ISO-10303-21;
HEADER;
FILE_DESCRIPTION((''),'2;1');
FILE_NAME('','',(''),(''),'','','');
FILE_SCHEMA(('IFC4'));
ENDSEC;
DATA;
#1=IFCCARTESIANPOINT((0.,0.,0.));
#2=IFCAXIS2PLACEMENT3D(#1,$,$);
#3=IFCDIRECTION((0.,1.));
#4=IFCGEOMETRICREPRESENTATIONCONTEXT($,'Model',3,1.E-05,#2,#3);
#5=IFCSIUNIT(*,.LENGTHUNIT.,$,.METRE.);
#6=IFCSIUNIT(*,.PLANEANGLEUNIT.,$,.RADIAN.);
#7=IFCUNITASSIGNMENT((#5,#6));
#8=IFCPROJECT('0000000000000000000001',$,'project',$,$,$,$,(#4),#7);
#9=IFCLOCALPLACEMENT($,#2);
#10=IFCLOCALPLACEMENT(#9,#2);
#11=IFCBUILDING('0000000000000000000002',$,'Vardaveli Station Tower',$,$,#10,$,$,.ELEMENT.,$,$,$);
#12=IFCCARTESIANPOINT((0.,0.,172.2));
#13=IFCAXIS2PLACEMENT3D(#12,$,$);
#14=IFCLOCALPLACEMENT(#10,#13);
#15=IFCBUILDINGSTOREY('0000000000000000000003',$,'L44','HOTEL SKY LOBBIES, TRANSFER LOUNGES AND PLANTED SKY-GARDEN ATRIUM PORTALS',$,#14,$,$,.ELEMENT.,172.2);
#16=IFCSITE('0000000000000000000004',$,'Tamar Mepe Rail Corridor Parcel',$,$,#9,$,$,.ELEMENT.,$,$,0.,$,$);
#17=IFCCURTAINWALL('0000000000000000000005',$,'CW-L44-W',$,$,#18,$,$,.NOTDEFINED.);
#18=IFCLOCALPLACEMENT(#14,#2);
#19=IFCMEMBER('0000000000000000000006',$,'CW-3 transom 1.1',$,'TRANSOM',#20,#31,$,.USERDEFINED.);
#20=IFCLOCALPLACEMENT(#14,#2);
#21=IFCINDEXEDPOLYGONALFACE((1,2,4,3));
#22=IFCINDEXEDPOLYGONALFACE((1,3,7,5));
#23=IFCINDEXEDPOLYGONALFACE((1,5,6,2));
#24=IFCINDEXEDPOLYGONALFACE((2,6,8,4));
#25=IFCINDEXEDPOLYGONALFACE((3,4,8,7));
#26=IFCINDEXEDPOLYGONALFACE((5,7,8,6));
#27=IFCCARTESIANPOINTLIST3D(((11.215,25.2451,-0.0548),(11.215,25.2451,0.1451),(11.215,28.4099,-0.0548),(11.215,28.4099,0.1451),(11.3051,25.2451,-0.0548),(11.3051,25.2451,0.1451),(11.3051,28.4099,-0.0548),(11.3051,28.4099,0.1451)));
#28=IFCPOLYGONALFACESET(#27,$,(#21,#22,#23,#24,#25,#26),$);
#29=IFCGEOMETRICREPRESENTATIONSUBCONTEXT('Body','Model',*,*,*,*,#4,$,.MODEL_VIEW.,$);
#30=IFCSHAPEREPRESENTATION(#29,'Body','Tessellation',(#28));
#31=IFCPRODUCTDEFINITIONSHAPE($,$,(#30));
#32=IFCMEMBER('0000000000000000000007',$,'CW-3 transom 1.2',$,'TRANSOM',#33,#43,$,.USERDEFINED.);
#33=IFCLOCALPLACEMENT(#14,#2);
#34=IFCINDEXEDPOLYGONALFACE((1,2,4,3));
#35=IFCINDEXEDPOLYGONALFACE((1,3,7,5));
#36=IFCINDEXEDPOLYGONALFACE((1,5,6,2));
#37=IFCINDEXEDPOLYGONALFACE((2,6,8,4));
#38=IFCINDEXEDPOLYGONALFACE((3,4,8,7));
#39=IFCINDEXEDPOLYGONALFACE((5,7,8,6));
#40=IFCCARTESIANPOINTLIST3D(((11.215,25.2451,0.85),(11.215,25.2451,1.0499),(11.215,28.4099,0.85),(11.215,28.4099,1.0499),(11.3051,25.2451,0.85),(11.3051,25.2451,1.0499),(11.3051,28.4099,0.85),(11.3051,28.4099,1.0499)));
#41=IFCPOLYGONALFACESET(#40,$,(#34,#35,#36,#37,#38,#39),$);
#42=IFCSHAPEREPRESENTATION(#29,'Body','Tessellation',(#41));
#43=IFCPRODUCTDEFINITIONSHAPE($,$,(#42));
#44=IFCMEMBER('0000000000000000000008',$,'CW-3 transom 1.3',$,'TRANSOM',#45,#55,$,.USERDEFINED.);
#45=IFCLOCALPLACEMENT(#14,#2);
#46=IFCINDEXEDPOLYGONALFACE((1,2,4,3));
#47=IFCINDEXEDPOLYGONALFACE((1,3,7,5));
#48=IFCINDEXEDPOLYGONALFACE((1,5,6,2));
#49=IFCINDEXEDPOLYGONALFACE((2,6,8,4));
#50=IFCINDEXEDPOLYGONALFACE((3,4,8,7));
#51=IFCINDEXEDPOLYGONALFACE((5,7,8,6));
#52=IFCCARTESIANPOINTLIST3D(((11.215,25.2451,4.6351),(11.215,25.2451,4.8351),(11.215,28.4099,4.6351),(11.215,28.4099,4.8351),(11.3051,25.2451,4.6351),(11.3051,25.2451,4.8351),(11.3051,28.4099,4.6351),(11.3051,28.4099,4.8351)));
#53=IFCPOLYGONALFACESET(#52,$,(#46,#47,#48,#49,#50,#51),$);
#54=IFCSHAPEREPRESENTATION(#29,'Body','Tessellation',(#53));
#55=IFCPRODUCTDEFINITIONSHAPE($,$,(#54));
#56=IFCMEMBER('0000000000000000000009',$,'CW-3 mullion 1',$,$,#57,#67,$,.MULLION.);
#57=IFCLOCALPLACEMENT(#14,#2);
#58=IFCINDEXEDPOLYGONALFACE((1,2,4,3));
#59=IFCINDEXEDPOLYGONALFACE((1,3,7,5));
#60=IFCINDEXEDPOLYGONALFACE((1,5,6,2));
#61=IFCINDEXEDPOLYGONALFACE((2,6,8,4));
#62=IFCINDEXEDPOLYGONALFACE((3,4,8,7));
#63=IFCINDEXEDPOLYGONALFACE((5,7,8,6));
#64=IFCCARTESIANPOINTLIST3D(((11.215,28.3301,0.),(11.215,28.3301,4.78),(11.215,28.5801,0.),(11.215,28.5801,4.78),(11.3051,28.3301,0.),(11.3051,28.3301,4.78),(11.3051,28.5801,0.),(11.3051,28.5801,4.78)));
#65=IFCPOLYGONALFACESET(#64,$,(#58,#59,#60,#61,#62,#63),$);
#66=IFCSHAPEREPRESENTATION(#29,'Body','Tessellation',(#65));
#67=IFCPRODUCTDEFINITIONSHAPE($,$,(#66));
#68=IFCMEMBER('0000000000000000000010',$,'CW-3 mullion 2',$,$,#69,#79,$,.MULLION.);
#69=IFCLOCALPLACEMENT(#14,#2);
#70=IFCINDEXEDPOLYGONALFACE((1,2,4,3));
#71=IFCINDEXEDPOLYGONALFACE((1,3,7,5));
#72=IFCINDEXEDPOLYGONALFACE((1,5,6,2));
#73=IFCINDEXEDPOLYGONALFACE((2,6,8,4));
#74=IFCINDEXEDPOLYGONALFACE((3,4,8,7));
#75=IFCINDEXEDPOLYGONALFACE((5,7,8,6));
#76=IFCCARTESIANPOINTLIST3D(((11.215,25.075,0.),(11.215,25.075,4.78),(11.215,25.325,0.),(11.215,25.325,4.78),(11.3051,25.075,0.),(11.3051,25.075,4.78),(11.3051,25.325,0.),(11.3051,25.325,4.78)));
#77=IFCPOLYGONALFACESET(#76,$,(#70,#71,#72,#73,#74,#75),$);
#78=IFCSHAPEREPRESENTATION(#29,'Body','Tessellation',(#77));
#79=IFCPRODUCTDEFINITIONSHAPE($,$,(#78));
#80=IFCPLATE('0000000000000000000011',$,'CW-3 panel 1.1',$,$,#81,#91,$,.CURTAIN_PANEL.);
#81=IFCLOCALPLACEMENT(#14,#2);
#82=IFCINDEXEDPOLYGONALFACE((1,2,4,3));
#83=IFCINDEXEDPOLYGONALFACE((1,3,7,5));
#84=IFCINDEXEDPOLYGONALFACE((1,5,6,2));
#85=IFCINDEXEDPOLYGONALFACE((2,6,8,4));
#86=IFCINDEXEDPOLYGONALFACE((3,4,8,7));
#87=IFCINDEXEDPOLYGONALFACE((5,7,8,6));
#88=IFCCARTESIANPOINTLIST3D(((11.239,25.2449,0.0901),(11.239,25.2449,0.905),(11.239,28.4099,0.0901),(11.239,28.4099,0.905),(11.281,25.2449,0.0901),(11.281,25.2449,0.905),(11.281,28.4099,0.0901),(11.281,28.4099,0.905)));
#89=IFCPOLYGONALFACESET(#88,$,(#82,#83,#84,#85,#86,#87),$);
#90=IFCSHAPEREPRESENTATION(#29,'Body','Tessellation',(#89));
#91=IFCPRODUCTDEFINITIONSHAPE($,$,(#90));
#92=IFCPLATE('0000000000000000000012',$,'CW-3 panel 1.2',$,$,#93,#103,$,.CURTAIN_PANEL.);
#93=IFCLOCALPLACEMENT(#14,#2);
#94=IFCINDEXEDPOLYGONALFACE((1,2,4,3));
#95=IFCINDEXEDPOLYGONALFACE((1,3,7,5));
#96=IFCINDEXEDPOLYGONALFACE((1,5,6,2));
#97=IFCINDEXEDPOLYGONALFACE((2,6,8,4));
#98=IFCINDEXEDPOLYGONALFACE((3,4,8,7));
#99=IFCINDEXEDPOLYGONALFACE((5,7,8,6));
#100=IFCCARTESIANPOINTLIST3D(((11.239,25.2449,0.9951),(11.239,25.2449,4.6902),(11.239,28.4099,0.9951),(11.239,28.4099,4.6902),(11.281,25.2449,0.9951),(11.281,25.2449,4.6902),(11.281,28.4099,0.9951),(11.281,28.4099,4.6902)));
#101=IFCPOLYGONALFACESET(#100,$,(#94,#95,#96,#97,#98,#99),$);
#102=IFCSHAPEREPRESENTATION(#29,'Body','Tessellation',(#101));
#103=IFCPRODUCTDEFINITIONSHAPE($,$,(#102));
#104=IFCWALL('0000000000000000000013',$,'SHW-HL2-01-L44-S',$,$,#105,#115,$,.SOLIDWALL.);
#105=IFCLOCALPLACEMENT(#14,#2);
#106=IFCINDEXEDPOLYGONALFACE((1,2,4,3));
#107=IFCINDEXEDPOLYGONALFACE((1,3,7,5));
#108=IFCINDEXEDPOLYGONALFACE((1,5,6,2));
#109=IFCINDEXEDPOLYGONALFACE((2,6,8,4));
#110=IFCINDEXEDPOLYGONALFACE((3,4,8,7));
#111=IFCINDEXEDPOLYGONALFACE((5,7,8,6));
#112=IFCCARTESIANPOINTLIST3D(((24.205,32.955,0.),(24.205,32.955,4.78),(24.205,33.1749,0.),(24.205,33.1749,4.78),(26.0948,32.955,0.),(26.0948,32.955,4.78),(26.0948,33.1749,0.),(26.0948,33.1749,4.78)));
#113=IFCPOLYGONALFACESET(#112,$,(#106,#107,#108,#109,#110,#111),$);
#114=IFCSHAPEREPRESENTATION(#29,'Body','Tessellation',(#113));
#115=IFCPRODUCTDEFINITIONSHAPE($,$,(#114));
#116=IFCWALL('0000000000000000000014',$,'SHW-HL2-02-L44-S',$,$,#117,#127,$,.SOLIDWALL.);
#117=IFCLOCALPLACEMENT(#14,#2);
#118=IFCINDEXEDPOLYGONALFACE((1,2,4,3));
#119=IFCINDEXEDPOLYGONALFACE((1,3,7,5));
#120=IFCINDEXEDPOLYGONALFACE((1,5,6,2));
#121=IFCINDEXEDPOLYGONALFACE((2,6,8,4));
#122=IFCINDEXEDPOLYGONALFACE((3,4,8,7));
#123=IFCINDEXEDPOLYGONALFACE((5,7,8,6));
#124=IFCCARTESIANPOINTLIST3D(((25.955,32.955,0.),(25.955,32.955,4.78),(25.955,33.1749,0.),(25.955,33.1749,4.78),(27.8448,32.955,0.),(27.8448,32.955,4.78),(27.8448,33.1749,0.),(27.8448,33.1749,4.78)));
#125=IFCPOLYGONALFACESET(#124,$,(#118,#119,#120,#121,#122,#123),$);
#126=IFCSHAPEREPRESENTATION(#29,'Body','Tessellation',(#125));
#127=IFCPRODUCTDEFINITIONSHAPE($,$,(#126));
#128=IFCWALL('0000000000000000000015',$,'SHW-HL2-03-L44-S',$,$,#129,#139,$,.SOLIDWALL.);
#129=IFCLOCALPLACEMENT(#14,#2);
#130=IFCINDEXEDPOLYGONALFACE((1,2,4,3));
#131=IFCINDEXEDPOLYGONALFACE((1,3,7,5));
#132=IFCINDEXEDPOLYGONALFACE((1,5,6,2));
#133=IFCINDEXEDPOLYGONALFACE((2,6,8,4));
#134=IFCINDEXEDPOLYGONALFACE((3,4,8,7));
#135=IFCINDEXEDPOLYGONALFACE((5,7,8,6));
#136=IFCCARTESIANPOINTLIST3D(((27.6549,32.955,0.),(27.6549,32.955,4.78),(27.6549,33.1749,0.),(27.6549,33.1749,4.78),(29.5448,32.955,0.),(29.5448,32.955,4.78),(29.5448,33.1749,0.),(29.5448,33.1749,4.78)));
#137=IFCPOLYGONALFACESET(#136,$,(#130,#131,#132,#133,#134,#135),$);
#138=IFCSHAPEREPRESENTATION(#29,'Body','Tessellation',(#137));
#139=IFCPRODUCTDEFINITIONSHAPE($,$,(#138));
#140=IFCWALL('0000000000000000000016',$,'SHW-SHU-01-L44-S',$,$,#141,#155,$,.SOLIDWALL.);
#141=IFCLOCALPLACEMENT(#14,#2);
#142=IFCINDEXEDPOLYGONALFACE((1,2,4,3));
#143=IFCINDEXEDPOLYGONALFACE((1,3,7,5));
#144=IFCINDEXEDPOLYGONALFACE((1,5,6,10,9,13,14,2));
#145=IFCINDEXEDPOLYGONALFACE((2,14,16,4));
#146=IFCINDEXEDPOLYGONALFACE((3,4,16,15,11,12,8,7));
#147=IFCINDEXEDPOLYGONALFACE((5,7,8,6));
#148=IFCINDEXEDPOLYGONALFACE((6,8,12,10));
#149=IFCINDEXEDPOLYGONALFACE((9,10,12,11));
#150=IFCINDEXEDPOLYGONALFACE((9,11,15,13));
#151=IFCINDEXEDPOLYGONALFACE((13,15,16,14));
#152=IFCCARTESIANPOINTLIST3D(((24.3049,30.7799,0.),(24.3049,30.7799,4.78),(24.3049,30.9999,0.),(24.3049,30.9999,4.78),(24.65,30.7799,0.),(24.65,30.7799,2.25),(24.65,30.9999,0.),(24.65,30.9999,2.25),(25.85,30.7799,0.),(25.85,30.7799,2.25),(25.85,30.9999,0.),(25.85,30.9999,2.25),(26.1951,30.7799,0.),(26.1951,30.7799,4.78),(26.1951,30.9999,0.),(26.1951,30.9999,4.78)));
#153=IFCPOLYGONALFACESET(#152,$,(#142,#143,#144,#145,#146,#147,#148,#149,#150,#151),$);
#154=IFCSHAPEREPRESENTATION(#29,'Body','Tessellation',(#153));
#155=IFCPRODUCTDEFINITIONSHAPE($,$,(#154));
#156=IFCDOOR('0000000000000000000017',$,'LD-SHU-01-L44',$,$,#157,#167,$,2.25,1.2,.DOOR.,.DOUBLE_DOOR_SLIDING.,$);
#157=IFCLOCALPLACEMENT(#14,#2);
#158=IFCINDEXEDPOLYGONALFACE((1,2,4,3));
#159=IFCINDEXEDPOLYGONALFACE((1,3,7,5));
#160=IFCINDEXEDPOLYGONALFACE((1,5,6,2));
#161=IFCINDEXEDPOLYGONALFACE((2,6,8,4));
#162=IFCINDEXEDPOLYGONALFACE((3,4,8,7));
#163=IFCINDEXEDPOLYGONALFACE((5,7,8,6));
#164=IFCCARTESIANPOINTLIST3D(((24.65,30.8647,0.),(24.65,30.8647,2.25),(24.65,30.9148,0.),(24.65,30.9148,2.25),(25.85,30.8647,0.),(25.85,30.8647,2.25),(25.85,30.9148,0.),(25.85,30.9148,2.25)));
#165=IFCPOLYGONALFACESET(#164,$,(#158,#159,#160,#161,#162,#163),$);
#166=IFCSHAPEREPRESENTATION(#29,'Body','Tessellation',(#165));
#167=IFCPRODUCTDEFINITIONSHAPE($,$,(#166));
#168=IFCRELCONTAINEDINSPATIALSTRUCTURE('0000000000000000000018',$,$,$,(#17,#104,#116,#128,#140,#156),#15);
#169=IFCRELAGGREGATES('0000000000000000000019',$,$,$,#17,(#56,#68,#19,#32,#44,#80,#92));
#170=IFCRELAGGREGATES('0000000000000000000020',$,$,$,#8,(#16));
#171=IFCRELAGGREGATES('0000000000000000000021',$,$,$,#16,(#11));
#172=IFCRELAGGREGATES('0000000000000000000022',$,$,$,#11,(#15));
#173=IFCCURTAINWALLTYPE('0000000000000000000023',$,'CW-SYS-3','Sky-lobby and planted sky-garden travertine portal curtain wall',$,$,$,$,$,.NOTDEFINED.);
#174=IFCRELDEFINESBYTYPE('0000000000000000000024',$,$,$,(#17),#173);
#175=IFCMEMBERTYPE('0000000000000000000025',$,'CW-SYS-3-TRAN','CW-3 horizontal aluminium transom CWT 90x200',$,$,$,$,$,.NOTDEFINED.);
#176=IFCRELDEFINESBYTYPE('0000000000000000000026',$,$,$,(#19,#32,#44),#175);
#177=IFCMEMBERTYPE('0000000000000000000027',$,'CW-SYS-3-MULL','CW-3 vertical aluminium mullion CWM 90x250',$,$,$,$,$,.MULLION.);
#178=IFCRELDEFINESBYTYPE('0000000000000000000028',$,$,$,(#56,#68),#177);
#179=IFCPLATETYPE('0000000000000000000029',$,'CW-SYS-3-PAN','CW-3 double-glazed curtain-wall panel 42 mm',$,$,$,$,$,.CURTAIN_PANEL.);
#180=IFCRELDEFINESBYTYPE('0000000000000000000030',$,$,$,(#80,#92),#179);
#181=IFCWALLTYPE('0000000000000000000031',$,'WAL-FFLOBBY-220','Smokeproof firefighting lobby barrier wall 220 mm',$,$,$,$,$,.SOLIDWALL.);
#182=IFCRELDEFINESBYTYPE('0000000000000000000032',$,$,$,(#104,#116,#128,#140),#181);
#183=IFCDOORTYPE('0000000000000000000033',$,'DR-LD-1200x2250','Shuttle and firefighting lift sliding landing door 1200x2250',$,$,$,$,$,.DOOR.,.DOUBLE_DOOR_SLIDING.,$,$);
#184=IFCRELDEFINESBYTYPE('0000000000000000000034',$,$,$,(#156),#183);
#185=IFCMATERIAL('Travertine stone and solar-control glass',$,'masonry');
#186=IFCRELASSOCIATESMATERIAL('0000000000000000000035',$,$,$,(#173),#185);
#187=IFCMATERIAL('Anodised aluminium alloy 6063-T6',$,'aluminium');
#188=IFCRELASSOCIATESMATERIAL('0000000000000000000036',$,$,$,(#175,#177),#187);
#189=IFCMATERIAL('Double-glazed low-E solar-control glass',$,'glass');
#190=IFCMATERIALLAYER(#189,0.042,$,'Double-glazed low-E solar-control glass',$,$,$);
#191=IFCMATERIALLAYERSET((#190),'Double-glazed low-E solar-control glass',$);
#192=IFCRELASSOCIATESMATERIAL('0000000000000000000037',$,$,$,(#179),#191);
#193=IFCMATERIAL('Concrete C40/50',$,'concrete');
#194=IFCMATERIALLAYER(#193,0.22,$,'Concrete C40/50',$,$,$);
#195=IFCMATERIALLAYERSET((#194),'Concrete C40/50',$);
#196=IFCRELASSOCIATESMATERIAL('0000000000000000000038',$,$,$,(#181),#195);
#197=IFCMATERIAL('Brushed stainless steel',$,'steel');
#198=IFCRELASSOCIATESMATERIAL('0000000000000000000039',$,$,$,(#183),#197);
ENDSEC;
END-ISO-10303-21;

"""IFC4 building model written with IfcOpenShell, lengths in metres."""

from ifc_helpers import new_model, si_unit, direction, frame, frame_2d, origin, origin_2d, place, context, subcontext, project, spatial, rectangle, extrude, source, transform, mapped, material, layer, layer_set, material_profile, profile_set, type_object, element, fill, aggregate, save


model = new_model("IFC4")

# Units and contexts
model_context = context("Model", 3, precision=1e-05, world=origin(), true_north=direction((0.0, 1.0)))
body_context = subcontext(model_context, "Body", "Model", "MODEL_VIEW")
ifc_project = project(units=[si_unit("LENGTHUNIT", "METRE"), si_unit("PLANEANGLEUNIT", "RADIAN")], contexts=[model_context])

# Site, building, storey
site_placement = place(None, origin())
site = spatial("IfcSite", under=ifc_project, at=site_placement, Name="Tamar Mepe Rail Corridor Parcel", CompositionType="ELEMENT", RefElevation=0.0)
building_placement = place(site_placement, origin())
building = spatial("IfcBuilding", under=site, at=building_placement, Name="Vardaveli Station Tower", CompositionType="ELEMENT")
storey_placement = place(building_placement, frame((0.0, 0.0, 172.2)))
storey = spatial("IfcBuildingStorey", under=building, at=storey_placement, Name="L44", Description="HOTEL SKY LOBBIES, TRANSFER LOUNGES AND PLANTED SKY-GARDEN ATRIUM PORTALS", CompositionType="ELEMENT", Elevation=172.2)

# Curtain wall, members, plates
ifc_material_1 = material(Name="Travertine stone and solar-control glass", Category="masonry")
curtain_wall_type = type_object("IfcCurtainWallType", Name="CW-SYS-3", Description="Sky-lobby and planted sky-garden travertine portal curtain wall", PredefinedType="NOTDEFINED", material=ifc_material_1)
curtain_wall_placement = place(storey_placement, origin())
curtain_wall = element("IfcCurtainWall", 1, at=curtain_wall_placement, inside=storey, type_object=curtain_wall_type, Name="CW-L44-W", PredefinedType="NOTDEFINED")
ifc_material_2 = material(Name="Anodised aluminium alloy 6063-T6", Category="aluminium")
ifc_material_profile_1 = material_profile(ifc_material_2, rectangle(XDim=0.0901, YDim=0.2, at=origin_2d()), Name="CWT 90x200")
ifc_profile_set_1 = profile_set([ifc_material_profile_1], Name="Anodised aluminium alloy 6063-T6")
member_type_1 = type_object("IfcMemberType", Name="CW-SYS-3-TRAN", Description="CW-3 horizontal aluminium transom CWT 90x200", PredefinedType="NOTDEFINED", material=ifc_profile_set_1)
shared_shape_1 = source(origin(), body_context, "Body", "SweptSolid", [
    extrude(rectangle(XDim=0.0901, YDim=0.2, at=origin_2d()), origin(), (0.0, 0.0, 1.0), 3.1648),
])
member_1_placement = place(storey_placement, frame((11.26, 28.4099, 0.0452), z_axis=(0.0, -1.0, 0.0), x_axis=(1.0, 0.0, 0.0)))
member_1 = element("IfcMember", 2, at=member_1_placement, type_object=member_type_1, Name="CW-3 transom 1.1", ObjectType="TRANSOM", PredefinedType="USERDEFINED", context=body_context, shape_type="MappedRepresentation", body=[
    mapped(shared_shape_1, transform((0.0, 0.0, 0.0), scale=1.0)),
])
member_2_placement = place(storey_placement, frame((11.26, 28.4099, 0.95), z_axis=(0.0, -1.0, 0.0), x_axis=(1.0, 0.0, 0.0)))
member_2 = element("IfcMember", 3, at=member_2_placement, type_object=member_type_1, Name="CW-3 transom 1.2", ObjectType="TRANSOM", PredefinedType="USERDEFINED", context=body_context, shape_type="MappedRepresentation", body=[
    mapped(shared_shape_1, transform((0.0, 0.0, 0.0), scale=1.0)),
])
member_3_placement = place(storey_placement, frame((11.26, 28.4099, 4.7351), z_axis=(0.0, -1.0, 0.0), x_axis=(1.0, 0.0, 0.0)))
member_3 = element("IfcMember", 4, at=member_3_placement, type_object=member_type_1, Name="CW-3 transom 1.3", ObjectType="TRANSOM", PredefinedType="USERDEFINED", context=body_context, shape_type="MappedRepresentation", body=[
    mapped(shared_shape_1, transform((0.0, 0.0, 0.0), scale=1.0)),
])
ifc_material_profile_2 = material_profile(ifc_material_2, rectangle(XDim=0.0901, YDim=0.25, at=origin_2d()), Name="CWM 90x250")
ifc_profile_set_2 = profile_set([ifc_material_profile_2], Name="Anodised aluminium alloy 6063-T6")
member_type_2 = type_object("IfcMemberType", Name="CW-SYS-3-MULL", Description="CW-3 vertical aluminium mullion CWM 90x250", PredefinedType="MULLION", material=ifc_profile_set_2)
shared_shape_2 = source(origin(), body_context, "Body", "SweptSolid", [
    extrude(rectangle(XDim=0.0901, YDim=0.25, at=origin_2d()), origin(), (0.0, 0.0, 1.0), 4.78),
])
member_4_placement = place(storey_placement, frame((11.26, 28.4551, 0.0), z_axis=(0.0, 0.0, 1.0), x_axis=(1.0, 0.0, 0.0)))
member_4 = element("IfcMember", 5, at=member_4_placement, type_object=member_type_2, Name="CW-3 mullion 1", PredefinedType="MULLION", context=body_context, shape_type="MappedRepresentation", body=[
    mapped(shared_shape_2, transform((0.0, 0.0, 0.0), scale=1.0)),
])
member_5_placement = place(storey_placement, frame((11.26, 25.2, 0.0), z_axis=(0.0, 0.0, 1.0), x_axis=(1.0, 0.0, 0.0)))
member_5 = element("IfcMember", 6, at=member_5_placement, type_object=member_type_2, Name="CW-3 mullion 2", PredefinedType="MULLION", context=body_context, shape_type="MappedRepresentation", body=[
    mapped(shared_shape_2, transform((0.0, 0.0, 0.0), scale=1.0)),
])
ifc_material_3 = material(Name="Double-glazed low-E solar-control glass", Category="glass")
ifc_layer_1 = layer(ifc_material_3, 0.042, Name="Double-glazed low-E solar-control glass")
ifc_layer_set_1 = layer_set([ifc_layer_1], Name="Double-glazed low-E solar-control glass")
plate_type = type_object("IfcPlateType", Name="CW-SYS-3-PAN", Description="CW-3 double-glazed curtain-wall panel 42 mm", PredefinedType="CURTAIN_PANEL", material=ifc_layer_set_1)
shared_shape_3 = source(origin(), body_context, "Body", "SweptSolid", [
    extrude(rectangle(XDim=3.165, YDim=0.042, at=origin_2d()), origin(), (0.0, 0.0, 1.0), 0.8149),
])
plate_1_placement = place(storey_placement, frame((11.26, 26.8274, 0.0901), z_axis=(0.0, 0.0, 1.0), x_axis=(0.0, -1.0, 0.0)))
plate_1 = element("IfcPlate", 7, at=plate_1_placement, type_object=plate_type, Name="CW-3 panel 1.1", PredefinedType="CURTAIN_PANEL", context=body_context, shape_type="MappedRepresentation", body=[
    mapped(shared_shape_3, transform((0.0, 0.0, 0.0), scale=1.0)),
])
shared_shape_4 = source(origin(), body_context, "Body", "SweptSolid", [
    extrude(rectangle(XDim=3.165, YDim=0.042, at=origin_2d()), origin(), (0.0, 0.0, 1.0), 3.6951),
])
plate_2_placement = place(storey_placement, frame((11.26, 26.8274, 0.9951), z_axis=(0.0, 0.0, 1.0), x_axis=(0.0, -1.0, 0.0)))
plate_2 = element("IfcPlate", 8, at=plate_2_placement, type_object=plate_type, Name="CW-3 panel 1.2", PredefinedType="CURTAIN_PANEL", context=body_context, shape_type="MappedRepresentation", body=[
    mapped(shared_shape_4, transform((0.0, 0.0, 0.0), scale=1.0)),
])
aggregate(curtain_wall, [member_4, member_5, member_1, member_2, member_3, plate_1, plate_2])

# Walls
ifc_material_4 = material(Name="Concrete C40/50", Category="concrete")
ifc_layer_2 = layer(ifc_material_4, 0.22, Name="Concrete C40/50")
ifc_layer_set_2 = layer_set([ifc_layer_2], Name="Concrete C40/50")
wall_type_1 = type_object("IfcWallType", Name="WAL-FFLOBBY-220", Description="Smokeproof firefighting lobby barrier wall 220 mm", PredefinedType="SOLIDWALL", material=ifc_layer_set_2)
shared_shape_5 = source(origin(), body_context, "Body", "SweptSolid", [
    extrude(rectangle(XDim=1.8899, YDim=0.22, at=frame_2d((0.9448, 0.0))), origin(), (0.0, 0.0, 1.0), 4.78),
])
for number, where, z_axis, x_axis, name in (
    (9, (24.2051, 33.0649, 0.0), (0.0, 0.0, 1.0), (1.0, 0.0, 0.0), "SHW-HL2-01-L44-S"),
    (10, (25.9551, 33.0649, 0.0), (0.0, 0.0, 1.0), (1.0, 0.0, 0.0), "SHW-HL2-02-L44-S"),
    (11, (27.655, 33.0649, 0.0), (0.0, 0.0, 1.0), (1.0, 0.0, 0.0), "SHW-HL2-03-L44-S"),
):
    element("IfcWall", number, at=place(storey_placement, frame(where, z_axis=z_axis, x_axis=x_axis)), inside=storey, type_object=wall_type_1, Name=name, PredefinedType="SOLIDWALL", context=body_context, shape_type="MappedRepresentation", body=[
        mapped(shared_shape_5, transform((0.0, 0.0, 0.0), scale=1.0)),
    ])

# Wall, opening, door
shared_shape_6 = source(origin(), body_context, "Body", "SweptSolid", [
    extrude(rectangle(XDim=1.8901, YDim=0.22, at=frame_2d((0.9451, 0.0))), origin(), (0.0, 0.0, 1.0), 4.78),
])
wall_1_placement = place(storey_placement, frame((24.3049, 30.8899, 0.0), z_axis=(0.0, 0.0, 1.0), x_axis=(1.0, 0.0, 0.0)))
wall_1 = element("IfcWall", 12, at=wall_1_placement, inside=storey, type_object=wall_type_1, Name="SHW-SHU-01-L44-S", PredefinedType="SOLIDWALL", context=body_context, shape_type="MappedRepresentation", body=[
    mapped(shared_shape_6, transform((0.0, 0.0, 0.0), scale=1.0)),
])
shared_shape_7 = source(origin(), body_context, "Body", "SweptSolid", [
    extrude(rectangle(XDim=1.2, YDim=2.25, at=frame_2d((0.6001, 1.125))), frame((0.0, 0.1201, 0.0), z_axis=(0.0, -1.0, 0.0), x_axis=(1.0, 0.0, 0.0)), (0.0, 0.0, 1.0), 0.24),
])
opening_1_placement = place(wall_1_placement, frame((0.345, 0.0, 0.0)))
opening_1 = element("IfcOpeningElement", 13, at=opening_1_placement, cuts=wall_1, PredefinedType="OPENING", context=body_context, shape_type="MappedRepresentation", body=[
    mapped(shared_shape_7, transform((0.0, 0.0, 0.0), scale=1.0)),
])
ifc_material_5 = material(Name="Brushed stainless steel", Category="steel")
door_type = type_object("IfcDoorType", Name="DR-LD-1200x2250", Description="Shuttle and firefighting lift sliding landing door 1200x2250", OperationType="DOUBLE_DOOR_SLIDING", PredefinedType="DOOR", material=ifc_material_5)
shared_shape_8 = source(origin(), body_context, "Body", "SweptSolid", [
    extrude(rectangle(XDim=1.2, YDim=2.25, at=frame_2d((0.6001, 1.125))), frame((0.0, 0.0249, 0.0), z_axis=(0.0, -1.0, 0.0), x_axis=(1.0, 0.0, 0.0)), (0.0, 0.0, 1.0), 0.05),
])
door_1_placement = place(opening_1_placement, origin())
door_1 = element("IfcDoor", 14, at=door_1_placement, inside=storey, type_object=door_type, Name="LD-SHU-01-L44", OperationType="DOUBLE_DOOR_SLIDING", OverallHeight=2.25, OverallWidth=1.2, PredefinedType="DOOR", context=body_context, shape_type="MappedRepresentation", body=[
    mapped(shared_shape_8, transform((0.0, 0.0, 0.0), scale=1.0)),
])
fill(opening_1, door_1)

save(model, "model.ifc")
